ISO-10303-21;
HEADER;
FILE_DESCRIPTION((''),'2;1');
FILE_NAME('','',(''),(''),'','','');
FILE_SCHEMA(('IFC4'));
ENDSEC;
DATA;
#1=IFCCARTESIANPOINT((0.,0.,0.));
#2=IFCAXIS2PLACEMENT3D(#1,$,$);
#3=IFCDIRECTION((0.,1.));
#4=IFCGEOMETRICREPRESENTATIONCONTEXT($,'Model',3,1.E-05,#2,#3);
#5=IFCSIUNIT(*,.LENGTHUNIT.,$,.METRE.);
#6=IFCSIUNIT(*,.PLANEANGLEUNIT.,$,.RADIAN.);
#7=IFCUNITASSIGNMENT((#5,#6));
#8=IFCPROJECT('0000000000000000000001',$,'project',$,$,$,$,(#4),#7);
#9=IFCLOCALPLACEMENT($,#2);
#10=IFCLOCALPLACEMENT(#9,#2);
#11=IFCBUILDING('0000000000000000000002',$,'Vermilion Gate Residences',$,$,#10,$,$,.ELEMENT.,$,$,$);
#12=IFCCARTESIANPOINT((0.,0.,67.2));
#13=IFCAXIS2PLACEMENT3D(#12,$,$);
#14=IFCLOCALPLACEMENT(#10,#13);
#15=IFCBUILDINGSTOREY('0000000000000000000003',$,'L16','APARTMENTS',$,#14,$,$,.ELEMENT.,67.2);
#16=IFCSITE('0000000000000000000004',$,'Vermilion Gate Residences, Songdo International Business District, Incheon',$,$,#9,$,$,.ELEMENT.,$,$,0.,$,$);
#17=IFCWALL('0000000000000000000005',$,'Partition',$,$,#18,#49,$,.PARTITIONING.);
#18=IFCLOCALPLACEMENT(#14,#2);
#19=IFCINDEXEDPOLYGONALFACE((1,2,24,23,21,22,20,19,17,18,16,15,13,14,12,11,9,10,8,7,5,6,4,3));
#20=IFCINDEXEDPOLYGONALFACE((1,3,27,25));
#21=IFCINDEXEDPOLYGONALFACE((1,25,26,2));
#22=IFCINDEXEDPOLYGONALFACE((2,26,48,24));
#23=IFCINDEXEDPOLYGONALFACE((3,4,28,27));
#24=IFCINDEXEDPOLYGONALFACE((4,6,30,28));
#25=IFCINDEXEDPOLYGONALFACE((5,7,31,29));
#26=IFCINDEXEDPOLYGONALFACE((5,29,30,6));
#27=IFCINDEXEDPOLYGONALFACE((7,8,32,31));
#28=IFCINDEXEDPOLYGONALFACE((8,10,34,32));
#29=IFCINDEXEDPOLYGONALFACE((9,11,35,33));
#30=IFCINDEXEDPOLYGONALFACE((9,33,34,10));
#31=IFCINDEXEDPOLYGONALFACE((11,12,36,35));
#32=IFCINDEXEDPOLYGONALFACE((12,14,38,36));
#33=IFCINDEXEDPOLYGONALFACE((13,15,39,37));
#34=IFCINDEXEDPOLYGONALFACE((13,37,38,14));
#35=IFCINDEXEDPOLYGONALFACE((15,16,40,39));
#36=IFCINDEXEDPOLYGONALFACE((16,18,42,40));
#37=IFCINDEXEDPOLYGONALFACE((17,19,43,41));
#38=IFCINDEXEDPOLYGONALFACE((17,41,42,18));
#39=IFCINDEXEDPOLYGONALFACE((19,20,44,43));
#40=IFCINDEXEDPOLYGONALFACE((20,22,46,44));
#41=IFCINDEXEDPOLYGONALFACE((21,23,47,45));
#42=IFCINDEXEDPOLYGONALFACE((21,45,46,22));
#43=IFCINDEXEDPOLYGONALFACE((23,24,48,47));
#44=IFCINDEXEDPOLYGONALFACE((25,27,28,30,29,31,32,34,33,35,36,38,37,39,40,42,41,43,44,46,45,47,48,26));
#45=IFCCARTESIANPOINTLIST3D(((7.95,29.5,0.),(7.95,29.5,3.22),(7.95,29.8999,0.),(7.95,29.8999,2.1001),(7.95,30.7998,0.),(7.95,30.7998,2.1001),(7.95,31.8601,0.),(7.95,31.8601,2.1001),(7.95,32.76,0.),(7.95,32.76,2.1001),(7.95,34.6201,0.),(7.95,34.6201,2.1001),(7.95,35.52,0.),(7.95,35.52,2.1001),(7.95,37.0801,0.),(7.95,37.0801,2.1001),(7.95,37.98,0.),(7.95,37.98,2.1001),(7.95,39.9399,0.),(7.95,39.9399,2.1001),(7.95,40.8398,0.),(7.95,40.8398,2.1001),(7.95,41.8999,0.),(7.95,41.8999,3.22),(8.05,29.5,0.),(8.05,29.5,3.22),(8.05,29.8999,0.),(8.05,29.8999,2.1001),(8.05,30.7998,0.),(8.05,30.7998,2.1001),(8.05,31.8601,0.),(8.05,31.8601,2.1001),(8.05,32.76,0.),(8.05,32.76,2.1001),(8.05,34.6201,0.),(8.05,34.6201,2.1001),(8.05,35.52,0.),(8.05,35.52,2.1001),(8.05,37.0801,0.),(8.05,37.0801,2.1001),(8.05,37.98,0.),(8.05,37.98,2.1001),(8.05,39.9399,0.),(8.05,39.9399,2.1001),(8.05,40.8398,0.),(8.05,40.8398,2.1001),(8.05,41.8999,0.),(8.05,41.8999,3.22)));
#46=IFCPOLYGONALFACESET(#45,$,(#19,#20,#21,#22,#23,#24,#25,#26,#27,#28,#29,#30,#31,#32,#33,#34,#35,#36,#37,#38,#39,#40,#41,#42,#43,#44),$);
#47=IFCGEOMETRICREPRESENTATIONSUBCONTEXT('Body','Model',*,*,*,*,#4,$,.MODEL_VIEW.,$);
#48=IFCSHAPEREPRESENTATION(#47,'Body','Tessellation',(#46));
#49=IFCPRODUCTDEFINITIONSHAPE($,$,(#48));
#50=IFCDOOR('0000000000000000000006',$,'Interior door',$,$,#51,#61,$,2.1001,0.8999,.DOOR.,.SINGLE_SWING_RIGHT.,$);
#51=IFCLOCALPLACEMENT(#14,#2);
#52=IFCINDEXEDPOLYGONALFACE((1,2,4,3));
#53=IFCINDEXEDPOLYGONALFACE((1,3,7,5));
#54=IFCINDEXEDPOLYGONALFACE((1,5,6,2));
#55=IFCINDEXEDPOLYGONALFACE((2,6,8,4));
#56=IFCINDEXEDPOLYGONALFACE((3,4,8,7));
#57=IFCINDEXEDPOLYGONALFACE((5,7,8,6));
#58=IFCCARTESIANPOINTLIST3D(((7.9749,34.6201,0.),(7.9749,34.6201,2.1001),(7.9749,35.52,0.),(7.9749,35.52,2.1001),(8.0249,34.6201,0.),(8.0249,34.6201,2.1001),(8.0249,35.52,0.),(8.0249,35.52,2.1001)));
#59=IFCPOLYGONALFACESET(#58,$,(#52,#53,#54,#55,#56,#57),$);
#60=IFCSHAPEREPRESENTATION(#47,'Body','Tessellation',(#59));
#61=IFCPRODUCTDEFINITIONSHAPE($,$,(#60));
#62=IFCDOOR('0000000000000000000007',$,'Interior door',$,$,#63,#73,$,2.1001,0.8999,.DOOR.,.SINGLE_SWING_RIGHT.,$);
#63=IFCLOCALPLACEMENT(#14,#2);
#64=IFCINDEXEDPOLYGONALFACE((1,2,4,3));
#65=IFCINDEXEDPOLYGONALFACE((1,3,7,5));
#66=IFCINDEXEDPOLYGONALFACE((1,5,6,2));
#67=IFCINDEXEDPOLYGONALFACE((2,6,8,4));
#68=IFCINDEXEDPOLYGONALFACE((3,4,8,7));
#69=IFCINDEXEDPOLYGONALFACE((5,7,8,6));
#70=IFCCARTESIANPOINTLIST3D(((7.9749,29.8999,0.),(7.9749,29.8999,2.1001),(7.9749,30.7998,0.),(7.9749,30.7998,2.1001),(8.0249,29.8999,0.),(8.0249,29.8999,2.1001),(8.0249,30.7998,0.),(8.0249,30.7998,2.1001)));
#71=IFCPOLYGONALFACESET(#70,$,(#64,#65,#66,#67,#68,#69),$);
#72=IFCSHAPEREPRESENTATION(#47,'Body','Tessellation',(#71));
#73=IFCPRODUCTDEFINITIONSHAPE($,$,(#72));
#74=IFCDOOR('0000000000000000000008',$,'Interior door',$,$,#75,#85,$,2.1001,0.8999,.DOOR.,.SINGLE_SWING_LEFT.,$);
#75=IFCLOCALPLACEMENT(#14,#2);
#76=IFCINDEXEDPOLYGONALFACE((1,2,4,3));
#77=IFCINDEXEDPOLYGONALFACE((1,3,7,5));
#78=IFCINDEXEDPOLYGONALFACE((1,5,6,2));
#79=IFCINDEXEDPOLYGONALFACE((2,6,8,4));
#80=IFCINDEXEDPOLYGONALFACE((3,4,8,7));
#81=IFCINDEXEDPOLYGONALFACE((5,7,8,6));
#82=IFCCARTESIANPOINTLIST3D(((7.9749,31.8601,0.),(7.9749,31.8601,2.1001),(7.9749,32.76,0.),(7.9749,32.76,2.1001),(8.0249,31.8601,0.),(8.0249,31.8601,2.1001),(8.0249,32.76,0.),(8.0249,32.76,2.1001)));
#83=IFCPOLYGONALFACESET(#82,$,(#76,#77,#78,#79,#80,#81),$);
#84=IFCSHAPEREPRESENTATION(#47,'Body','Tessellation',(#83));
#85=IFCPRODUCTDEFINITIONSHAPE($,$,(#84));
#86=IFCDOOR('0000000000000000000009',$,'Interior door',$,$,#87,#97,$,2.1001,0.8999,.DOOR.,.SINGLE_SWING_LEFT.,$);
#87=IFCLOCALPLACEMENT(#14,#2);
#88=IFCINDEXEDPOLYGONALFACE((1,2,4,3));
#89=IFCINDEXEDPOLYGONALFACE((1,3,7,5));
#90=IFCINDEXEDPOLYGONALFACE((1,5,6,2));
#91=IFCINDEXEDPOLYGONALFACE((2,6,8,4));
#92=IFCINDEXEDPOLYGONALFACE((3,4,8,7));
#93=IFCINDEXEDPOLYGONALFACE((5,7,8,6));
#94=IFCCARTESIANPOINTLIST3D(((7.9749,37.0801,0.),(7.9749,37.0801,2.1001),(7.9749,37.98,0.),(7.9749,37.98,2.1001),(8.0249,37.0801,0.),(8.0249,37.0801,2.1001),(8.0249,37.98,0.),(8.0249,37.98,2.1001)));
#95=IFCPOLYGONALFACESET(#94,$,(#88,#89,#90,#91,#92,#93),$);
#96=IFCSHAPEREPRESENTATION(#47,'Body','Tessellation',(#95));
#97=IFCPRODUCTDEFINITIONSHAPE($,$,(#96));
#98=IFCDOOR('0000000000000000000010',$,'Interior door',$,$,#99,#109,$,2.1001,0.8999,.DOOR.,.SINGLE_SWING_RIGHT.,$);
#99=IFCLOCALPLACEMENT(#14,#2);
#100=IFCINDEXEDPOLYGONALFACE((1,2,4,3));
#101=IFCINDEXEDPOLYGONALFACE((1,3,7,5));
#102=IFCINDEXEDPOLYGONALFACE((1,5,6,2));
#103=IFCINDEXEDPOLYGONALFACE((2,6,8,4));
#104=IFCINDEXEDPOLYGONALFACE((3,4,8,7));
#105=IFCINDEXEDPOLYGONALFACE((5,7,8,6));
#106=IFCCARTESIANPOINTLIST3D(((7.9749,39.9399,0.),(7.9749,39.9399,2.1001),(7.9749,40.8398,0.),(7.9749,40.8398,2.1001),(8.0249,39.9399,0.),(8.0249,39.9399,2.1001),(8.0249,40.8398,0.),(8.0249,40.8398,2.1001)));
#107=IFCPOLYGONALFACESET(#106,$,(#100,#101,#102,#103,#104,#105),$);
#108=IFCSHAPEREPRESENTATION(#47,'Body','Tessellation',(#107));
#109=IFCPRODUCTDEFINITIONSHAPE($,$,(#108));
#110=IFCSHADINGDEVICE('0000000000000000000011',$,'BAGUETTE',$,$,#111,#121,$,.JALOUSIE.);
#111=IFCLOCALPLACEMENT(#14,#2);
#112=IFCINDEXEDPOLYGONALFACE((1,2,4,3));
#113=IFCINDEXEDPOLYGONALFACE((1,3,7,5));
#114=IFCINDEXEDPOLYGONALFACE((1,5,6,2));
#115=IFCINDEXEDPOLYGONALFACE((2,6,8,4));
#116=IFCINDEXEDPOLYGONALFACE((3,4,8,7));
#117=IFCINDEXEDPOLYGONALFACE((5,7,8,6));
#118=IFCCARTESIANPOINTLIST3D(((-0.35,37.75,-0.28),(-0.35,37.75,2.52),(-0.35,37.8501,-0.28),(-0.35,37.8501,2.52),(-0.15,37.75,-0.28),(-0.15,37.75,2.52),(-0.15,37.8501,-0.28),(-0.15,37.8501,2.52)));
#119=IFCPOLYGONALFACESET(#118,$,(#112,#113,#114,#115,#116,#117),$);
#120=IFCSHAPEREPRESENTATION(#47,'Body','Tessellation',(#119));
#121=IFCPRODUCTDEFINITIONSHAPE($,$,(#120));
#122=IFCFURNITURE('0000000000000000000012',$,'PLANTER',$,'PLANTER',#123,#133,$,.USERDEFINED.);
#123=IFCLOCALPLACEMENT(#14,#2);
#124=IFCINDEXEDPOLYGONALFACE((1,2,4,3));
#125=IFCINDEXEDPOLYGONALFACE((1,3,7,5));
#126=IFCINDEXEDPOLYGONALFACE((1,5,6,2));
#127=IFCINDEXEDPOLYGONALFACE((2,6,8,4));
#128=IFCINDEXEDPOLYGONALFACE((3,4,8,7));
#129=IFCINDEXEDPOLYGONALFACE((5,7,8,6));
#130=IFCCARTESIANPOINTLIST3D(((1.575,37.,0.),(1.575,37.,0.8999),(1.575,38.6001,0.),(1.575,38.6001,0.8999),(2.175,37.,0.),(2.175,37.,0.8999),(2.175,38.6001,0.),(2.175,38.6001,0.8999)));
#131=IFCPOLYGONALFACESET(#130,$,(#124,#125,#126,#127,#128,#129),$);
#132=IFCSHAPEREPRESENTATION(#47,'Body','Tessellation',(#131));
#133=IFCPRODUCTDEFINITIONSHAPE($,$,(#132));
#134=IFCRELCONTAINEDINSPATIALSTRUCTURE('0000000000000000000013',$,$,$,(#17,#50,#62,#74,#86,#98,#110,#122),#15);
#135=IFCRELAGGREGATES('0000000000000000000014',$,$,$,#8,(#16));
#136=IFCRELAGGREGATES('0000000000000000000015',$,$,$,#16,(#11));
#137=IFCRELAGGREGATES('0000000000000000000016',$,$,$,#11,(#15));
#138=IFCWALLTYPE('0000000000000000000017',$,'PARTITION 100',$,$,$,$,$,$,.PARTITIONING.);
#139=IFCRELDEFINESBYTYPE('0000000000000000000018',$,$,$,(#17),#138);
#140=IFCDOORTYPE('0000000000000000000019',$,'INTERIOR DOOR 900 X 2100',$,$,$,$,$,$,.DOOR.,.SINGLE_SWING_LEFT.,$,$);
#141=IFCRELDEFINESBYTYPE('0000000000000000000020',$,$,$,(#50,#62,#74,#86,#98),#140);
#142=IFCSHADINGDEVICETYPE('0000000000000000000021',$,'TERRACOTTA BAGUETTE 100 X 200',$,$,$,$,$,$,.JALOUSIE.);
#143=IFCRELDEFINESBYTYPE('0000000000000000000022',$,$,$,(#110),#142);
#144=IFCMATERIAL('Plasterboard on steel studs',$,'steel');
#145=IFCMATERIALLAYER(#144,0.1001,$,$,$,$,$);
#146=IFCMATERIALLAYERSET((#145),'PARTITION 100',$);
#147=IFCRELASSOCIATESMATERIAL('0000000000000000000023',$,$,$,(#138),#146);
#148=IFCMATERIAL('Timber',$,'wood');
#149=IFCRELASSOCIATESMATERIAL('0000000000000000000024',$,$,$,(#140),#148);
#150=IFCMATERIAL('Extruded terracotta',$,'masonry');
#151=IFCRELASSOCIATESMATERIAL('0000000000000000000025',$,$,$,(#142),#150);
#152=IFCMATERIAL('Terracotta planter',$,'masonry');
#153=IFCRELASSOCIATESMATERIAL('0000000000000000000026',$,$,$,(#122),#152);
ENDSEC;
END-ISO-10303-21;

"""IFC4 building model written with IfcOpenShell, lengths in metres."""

from ifc_helpers import new_model, si_unit, direction, frame, frame_2d, origin, origin_2d, place, context, subcontext, project, spatial, rectangle, extrude, material, layer, layer_set, material_profile, profile_set, type_object, element, fill, save


model = new_model("IFC4")

# Units and contexts
model_context = context("Model", 3, precision=1e-05, world=origin(), true_north=direction((0.0, 1.0)))
body_context = subcontext(model_context, "Body", "Model", "MODEL_VIEW")
ifc_project = project(units=[si_unit("LENGTHUNIT", "METRE"), si_unit("PLANEANGLEUNIT", "RADIAN")], contexts=[model_context])

# Site, building, storey
site_placement = place(None, origin())
site = spatial("IfcSite", under=ifc_project, at=site_placement, Name="Vermilion Gate Residences, Songdo International Business District, Incheon", CompositionType="ELEMENT", RefElevation=0.0)
building_placement = place(site_placement, origin())
building = spatial("IfcBuilding", under=site, at=building_placement, Name="Vermilion Gate Residences", CompositionType="ELEMENT")
storey_placement = place(building_placement, frame((0.0, 0.0, 67.2)))
storey = spatial("IfcBuildingStorey", under=building, at=storey_placement, Name="L16", Description="APARTMENTS", CompositionType="ELEMENT", Elevation=67.2)

# Shared definitions
ifc_material_1 = material(Name="Plasterboard on steel studs", Category="steel")
ifc_layer = layer(ifc_material_1, 0.1001)
ifc_layer_set = layer_set([ifc_layer], Name="PARTITION 100")
wall_type = type_object("IfcWallType", Name="PARTITION 100", PredefinedType="PARTITIONING", material=ifc_layer_set)

# Wall, openings, doors
ifc_material_2 = material(Name="Timber", Category="wood")
door_type = type_object("IfcDoorType", Name="INTERIOR DOOR 900 X 2100", OperationType="SINGLE_SWING_LEFT", PredefinedType="DOOR", material=ifc_material_2)
wall_1_placement = place(storey_placement, frame((8.0, 29.5, 0.0), z_axis=(0.0, 0.0, 1.0), x_axis=(0.0, 1.0, 0.0)))
wall_1 = element("IfcWall", 1, at=wall_1_placement, inside=storey, type_object=wall_type, Name="Partition", PredefinedType="PARTITIONING", context=body_context, shape_type="SweptSolid", body=[
    extrude(rectangle(XDim=12.3999, YDim=0.1001, at=frame_2d((6.2, 0.0))), origin(), (0.0, 0.0, 1.0), 3.22),
])
opening_1_placement = place(wall_1_placement, frame((5.1201, 0.0, 0.0)))
opening_1 = element("IfcOpeningElement", 2, at=opening_1_placement, cuts=wall_1, PredefinedType="OPENING", context=body_context, shape_type="SweptSolid", body=[
    extrude(rectangle(XDim=0.8999, YDim=2.1001, at=frame_2d((0.45, 1.05))), frame((0.0, 0.0601, 0.0), z_axis=(0.0, -1.0, 0.0), x_axis=(1.0, 0.0, 0.0)), (0.0, 0.0, 1.0), 0.1201),
])
opening_2_placement = place(wall_1_placement, frame((0.3999, 0.0, 0.0)))
opening_2 = element("IfcOpeningElement", 3, at=opening_2_placement, cuts=wall_1, PredefinedType="OPENING", context=body_context, shape_type="SweptSolid", body=[
    extrude(rectangle(XDim=0.8999, YDim=2.1001, at=frame_2d((0.45, 1.05))), frame((0.0, 0.0601, 0.0), z_axis=(0.0, -1.0, 0.0), x_axis=(1.0, 0.0, 0.0)), (0.0, 0.0, 1.0), 0.1201),
])
opening_3_placement = place(wall_1_placement, frame((2.3601, 0.0, 0.0)))
opening_3 = element("IfcOpeningElement", 4, at=opening_3_placement, cuts=wall_1, PredefinedType="OPENING", context=body_context, shape_type="SweptSolid", body=[
    extrude(rectangle(XDim=0.8999, YDim=2.1001, at=frame_2d((0.45, 1.05))), frame((0.0, 0.0601, 0.0), z_axis=(0.0, -1.0, 0.0), x_axis=(1.0, 0.0, 0.0)), (0.0, 0.0, 1.0), 0.1201),
])
opening_4_placement = place(wall_1_placement, frame((7.5801, 0.0, 0.0)))
opening_4 = element("IfcOpeningElement", 5, at=opening_4_placement, cuts=wall_1, PredefinedType="OPENING", context=body_context, shape_type="SweptSolid", body=[
    extrude(rectangle(XDim=0.8999, YDim=2.1001, at=frame_2d((0.45, 1.05))), frame((0.0, 0.0601, 0.0), z_axis=(0.0, -1.0, 0.0), x_axis=(1.0, 0.0, 0.0)), (0.0, 0.0, 1.0), 0.1201),
])
opening_5_placement = place(wall_1_placement, frame((10.4399, 0.0, 0.0)))
opening_5 = element("IfcOpeningElement", 6, at=opening_5_placement, cuts=wall_1, PredefinedType="OPENING", context=body_context, shape_type="SweptSolid", body=[
    extrude(rectangle(XDim=0.8999, YDim=2.1001, at=frame_2d((0.45, 1.05))), frame((0.0, 0.0601, 0.0), z_axis=(0.0, -1.0, 0.0), x_axis=(1.0, 0.0, 0.0)), (0.0, 0.0, 1.0), 0.1201),
])
door_1_placement = place(opening_1_placement, frame((0.8999, 0.0, 0.0), z_axis=(0.0, 0.0, 1.0), x_axis=(-1.0, 0.0, 0.0)))
door_1 = element("IfcDoor", 7, at=door_1_placement, inside=storey, type_object=door_type, Name="Interior door", OperationType="SINGLE_SWING_RIGHT", OverallHeight=2.1001, OverallWidth=0.8999, PredefinedType="DOOR", context=body_context, shape_type="SweptSolid", body=[
    extrude(rectangle(XDim=0.8999, YDim=2.1001, at=frame_2d((0.45, 1.05))), frame((0.0, 0.0249, 0.0), z_axis=(0.0, -1.0, 0.0), x_axis=(1.0, 0.0, 0.0)), (0.0, 0.0, 1.0), 0.05),
])
fill(opening_1, door_1)
door_2_placement = place(opening_2_placement, frame((0.8999, 0.0, 0.0), z_axis=(0.0, 0.0, 1.0), x_axis=(-1.0, 0.0, 0.0)))
door_2 = element("IfcDoor", 8, at=door_2_placement, inside=storey, type_object=door_type, Name="Interior door", OperationType="SINGLE_SWING_RIGHT", OverallHeight=2.1001, OverallWidth=0.8999, PredefinedType="DOOR", context=body_context, shape_type="SweptSolid", body=[
    extrude(rectangle(XDim=0.8999, YDim=2.1001, at=frame_2d((0.45, 1.05))), frame((0.0, 0.0249, 0.0), z_axis=(0.0, -1.0, 0.0), x_axis=(1.0, 0.0, 0.0)), (0.0, 0.0, 1.0), 0.05),
])
fill(opening_2, door_2)
door_3_placement = place(opening_3_placement, frame((0.8999, 0.0, 0.0), z_axis=(0.0, 0.0, 1.0), x_axis=(-1.0, 0.0, 0.0)))
door_3 = element("IfcDoor", 9, at=door_3_placement, inside=storey, type_object=door_type, Name="Interior door", OperationType="SINGLE_SWING_LEFT", OverallHeight=2.1001, OverallWidth=0.8999, PredefinedType="DOOR", context=body_context, shape_type="SweptSolid", body=[
    extrude(rectangle(XDim=0.8999, YDim=2.1001, at=frame_2d((0.45, 1.05))), frame((0.0, 0.0249, 0.0), z_axis=(0.0, -1.0, 0.0), x_axis=(1.0, 0.0, 0.0)), (0.0, 0.0, 1.0), 0.05),
])
fill(opening_3, door_3)
door_4_placement = place(opening_4_placement, frame((0.8999, 0.0, 0.0), z_axis=(0.0, 0.0, 1.0), x_axis=(-1.0, 0.0, 0.0)))
door_4 = element("IfcDoor", 10, at=door_4_placement, inside=storey, type_object=door_type, Name="Interior door", OperationType="SINGLE_SWING_LEFT", OverallHeight=2.1001, OverallWidth=0.8999, PredefinedType="DOOR", context=body_context, shape_type="SweptSolid", body=[
    extrude(rectangle(XDim=0.8999, YDim=2.1001, at=frame_2d((0.45, 1.05))), frame((0.0, 0.0249, 0.0), z_axis=(0.0, -1.0, 0.0), x_axis=(1.0, 0.0, 0.0)), (0.0, 0.0, 1.0), 0.05),
])
fill(opening_4, door_4)
door_5_placement = place(opening_5_placement, frame((0.8999, 0.0, 0.0), z_axis=(0.0, 0.0, 1.0), x_axis=(-1.0, 0.0, 0.0)))
door_5 = element("IfcDoor", 11, at=door_5_placement, inside=storey, type_object=door_type, Name="Interior door", OperationType="SINGLE_SWING_RIGHT", OverallHeight=2.1001, OverallWidth=0.8999, PredefinedType="DOOR", context=body_context, shape_type="SweptSolid", body=[
    extrude(rectangle(XDim=0.8999, YDim=2.1001, at=frame_2d((0.45, 1.05))), frame((0.0, 0.0249, 0.0), z_axis=(0.0, -1.0, 0.0), x_axis=(1.0, 0.0, 0.0)), (0.0, 0.0, 1.0), 0.05),
])
fill(opening_5, door_5)

# Shading device
ifc_material_3 = material(Name="Extruded terracotta", Category="masonry")
ifc_material_profile_1 = material_profile(ifc_material_3, rectangle(XDim=0.2, YDim=0.1001, at=origin_2d()), Name="BAGUETTE 100 X 200")
ifc_profile_set_1 = profile_set([ifc_material_profile_1], Name="Extruded terracotta")
shading_device_type = type_object("IfcShadingDeviceType", Name="TERRACOTTA BAGUETTE 100 X 200", PredefinedType="JALOUSIE", material=ifc_profile_set_1)
shading_device_placement = place(storey_placement, frame((-0.25, 37.8, -0.28), z_axis=(0.0, 0.0, 1.0), x_axis=(1.0, 0.0, 0.0)))
element("IfcShadingDevice", 12, at=shading_device_placement, inside=storey, type_object=shading_device_type, Name="BAGUETTE", PredefinedType="JALOUSIE", context=body_context, shape_type="SweptSolid", body=[
    extrude(rectangle(XDim=0.2, YDim=0.1001, at=origin_2d()), origin(), (0.0, 0.0, 1.0), 2.8),
])

# Furniture
ifc_material_4 = material(Name="Terracotta planter", Category="masonry")
furniture_placement = place(storey_placement, frame((1.875, 37.8, 0.0), z_axis=(0.0, 0.0, 1.0), x_axis=(0.0, -1.0, 0.0)))
element("IfcFurniture", 13, at=furniture_placement, inside=storey, material=ifc_material_4, Name="PLANTER", ObjectType="PLANTER", PredefinedType="USERDEFINED", context=body_context, shape_type="SweptSolid", body=[
    extrude(rectangle(XDim=1.6001, YDim=0.6001, at=origin_2d()), origin(), (0.0, 0.0, 1.0), 0.8999),
])

save(model, "model.ifc")
